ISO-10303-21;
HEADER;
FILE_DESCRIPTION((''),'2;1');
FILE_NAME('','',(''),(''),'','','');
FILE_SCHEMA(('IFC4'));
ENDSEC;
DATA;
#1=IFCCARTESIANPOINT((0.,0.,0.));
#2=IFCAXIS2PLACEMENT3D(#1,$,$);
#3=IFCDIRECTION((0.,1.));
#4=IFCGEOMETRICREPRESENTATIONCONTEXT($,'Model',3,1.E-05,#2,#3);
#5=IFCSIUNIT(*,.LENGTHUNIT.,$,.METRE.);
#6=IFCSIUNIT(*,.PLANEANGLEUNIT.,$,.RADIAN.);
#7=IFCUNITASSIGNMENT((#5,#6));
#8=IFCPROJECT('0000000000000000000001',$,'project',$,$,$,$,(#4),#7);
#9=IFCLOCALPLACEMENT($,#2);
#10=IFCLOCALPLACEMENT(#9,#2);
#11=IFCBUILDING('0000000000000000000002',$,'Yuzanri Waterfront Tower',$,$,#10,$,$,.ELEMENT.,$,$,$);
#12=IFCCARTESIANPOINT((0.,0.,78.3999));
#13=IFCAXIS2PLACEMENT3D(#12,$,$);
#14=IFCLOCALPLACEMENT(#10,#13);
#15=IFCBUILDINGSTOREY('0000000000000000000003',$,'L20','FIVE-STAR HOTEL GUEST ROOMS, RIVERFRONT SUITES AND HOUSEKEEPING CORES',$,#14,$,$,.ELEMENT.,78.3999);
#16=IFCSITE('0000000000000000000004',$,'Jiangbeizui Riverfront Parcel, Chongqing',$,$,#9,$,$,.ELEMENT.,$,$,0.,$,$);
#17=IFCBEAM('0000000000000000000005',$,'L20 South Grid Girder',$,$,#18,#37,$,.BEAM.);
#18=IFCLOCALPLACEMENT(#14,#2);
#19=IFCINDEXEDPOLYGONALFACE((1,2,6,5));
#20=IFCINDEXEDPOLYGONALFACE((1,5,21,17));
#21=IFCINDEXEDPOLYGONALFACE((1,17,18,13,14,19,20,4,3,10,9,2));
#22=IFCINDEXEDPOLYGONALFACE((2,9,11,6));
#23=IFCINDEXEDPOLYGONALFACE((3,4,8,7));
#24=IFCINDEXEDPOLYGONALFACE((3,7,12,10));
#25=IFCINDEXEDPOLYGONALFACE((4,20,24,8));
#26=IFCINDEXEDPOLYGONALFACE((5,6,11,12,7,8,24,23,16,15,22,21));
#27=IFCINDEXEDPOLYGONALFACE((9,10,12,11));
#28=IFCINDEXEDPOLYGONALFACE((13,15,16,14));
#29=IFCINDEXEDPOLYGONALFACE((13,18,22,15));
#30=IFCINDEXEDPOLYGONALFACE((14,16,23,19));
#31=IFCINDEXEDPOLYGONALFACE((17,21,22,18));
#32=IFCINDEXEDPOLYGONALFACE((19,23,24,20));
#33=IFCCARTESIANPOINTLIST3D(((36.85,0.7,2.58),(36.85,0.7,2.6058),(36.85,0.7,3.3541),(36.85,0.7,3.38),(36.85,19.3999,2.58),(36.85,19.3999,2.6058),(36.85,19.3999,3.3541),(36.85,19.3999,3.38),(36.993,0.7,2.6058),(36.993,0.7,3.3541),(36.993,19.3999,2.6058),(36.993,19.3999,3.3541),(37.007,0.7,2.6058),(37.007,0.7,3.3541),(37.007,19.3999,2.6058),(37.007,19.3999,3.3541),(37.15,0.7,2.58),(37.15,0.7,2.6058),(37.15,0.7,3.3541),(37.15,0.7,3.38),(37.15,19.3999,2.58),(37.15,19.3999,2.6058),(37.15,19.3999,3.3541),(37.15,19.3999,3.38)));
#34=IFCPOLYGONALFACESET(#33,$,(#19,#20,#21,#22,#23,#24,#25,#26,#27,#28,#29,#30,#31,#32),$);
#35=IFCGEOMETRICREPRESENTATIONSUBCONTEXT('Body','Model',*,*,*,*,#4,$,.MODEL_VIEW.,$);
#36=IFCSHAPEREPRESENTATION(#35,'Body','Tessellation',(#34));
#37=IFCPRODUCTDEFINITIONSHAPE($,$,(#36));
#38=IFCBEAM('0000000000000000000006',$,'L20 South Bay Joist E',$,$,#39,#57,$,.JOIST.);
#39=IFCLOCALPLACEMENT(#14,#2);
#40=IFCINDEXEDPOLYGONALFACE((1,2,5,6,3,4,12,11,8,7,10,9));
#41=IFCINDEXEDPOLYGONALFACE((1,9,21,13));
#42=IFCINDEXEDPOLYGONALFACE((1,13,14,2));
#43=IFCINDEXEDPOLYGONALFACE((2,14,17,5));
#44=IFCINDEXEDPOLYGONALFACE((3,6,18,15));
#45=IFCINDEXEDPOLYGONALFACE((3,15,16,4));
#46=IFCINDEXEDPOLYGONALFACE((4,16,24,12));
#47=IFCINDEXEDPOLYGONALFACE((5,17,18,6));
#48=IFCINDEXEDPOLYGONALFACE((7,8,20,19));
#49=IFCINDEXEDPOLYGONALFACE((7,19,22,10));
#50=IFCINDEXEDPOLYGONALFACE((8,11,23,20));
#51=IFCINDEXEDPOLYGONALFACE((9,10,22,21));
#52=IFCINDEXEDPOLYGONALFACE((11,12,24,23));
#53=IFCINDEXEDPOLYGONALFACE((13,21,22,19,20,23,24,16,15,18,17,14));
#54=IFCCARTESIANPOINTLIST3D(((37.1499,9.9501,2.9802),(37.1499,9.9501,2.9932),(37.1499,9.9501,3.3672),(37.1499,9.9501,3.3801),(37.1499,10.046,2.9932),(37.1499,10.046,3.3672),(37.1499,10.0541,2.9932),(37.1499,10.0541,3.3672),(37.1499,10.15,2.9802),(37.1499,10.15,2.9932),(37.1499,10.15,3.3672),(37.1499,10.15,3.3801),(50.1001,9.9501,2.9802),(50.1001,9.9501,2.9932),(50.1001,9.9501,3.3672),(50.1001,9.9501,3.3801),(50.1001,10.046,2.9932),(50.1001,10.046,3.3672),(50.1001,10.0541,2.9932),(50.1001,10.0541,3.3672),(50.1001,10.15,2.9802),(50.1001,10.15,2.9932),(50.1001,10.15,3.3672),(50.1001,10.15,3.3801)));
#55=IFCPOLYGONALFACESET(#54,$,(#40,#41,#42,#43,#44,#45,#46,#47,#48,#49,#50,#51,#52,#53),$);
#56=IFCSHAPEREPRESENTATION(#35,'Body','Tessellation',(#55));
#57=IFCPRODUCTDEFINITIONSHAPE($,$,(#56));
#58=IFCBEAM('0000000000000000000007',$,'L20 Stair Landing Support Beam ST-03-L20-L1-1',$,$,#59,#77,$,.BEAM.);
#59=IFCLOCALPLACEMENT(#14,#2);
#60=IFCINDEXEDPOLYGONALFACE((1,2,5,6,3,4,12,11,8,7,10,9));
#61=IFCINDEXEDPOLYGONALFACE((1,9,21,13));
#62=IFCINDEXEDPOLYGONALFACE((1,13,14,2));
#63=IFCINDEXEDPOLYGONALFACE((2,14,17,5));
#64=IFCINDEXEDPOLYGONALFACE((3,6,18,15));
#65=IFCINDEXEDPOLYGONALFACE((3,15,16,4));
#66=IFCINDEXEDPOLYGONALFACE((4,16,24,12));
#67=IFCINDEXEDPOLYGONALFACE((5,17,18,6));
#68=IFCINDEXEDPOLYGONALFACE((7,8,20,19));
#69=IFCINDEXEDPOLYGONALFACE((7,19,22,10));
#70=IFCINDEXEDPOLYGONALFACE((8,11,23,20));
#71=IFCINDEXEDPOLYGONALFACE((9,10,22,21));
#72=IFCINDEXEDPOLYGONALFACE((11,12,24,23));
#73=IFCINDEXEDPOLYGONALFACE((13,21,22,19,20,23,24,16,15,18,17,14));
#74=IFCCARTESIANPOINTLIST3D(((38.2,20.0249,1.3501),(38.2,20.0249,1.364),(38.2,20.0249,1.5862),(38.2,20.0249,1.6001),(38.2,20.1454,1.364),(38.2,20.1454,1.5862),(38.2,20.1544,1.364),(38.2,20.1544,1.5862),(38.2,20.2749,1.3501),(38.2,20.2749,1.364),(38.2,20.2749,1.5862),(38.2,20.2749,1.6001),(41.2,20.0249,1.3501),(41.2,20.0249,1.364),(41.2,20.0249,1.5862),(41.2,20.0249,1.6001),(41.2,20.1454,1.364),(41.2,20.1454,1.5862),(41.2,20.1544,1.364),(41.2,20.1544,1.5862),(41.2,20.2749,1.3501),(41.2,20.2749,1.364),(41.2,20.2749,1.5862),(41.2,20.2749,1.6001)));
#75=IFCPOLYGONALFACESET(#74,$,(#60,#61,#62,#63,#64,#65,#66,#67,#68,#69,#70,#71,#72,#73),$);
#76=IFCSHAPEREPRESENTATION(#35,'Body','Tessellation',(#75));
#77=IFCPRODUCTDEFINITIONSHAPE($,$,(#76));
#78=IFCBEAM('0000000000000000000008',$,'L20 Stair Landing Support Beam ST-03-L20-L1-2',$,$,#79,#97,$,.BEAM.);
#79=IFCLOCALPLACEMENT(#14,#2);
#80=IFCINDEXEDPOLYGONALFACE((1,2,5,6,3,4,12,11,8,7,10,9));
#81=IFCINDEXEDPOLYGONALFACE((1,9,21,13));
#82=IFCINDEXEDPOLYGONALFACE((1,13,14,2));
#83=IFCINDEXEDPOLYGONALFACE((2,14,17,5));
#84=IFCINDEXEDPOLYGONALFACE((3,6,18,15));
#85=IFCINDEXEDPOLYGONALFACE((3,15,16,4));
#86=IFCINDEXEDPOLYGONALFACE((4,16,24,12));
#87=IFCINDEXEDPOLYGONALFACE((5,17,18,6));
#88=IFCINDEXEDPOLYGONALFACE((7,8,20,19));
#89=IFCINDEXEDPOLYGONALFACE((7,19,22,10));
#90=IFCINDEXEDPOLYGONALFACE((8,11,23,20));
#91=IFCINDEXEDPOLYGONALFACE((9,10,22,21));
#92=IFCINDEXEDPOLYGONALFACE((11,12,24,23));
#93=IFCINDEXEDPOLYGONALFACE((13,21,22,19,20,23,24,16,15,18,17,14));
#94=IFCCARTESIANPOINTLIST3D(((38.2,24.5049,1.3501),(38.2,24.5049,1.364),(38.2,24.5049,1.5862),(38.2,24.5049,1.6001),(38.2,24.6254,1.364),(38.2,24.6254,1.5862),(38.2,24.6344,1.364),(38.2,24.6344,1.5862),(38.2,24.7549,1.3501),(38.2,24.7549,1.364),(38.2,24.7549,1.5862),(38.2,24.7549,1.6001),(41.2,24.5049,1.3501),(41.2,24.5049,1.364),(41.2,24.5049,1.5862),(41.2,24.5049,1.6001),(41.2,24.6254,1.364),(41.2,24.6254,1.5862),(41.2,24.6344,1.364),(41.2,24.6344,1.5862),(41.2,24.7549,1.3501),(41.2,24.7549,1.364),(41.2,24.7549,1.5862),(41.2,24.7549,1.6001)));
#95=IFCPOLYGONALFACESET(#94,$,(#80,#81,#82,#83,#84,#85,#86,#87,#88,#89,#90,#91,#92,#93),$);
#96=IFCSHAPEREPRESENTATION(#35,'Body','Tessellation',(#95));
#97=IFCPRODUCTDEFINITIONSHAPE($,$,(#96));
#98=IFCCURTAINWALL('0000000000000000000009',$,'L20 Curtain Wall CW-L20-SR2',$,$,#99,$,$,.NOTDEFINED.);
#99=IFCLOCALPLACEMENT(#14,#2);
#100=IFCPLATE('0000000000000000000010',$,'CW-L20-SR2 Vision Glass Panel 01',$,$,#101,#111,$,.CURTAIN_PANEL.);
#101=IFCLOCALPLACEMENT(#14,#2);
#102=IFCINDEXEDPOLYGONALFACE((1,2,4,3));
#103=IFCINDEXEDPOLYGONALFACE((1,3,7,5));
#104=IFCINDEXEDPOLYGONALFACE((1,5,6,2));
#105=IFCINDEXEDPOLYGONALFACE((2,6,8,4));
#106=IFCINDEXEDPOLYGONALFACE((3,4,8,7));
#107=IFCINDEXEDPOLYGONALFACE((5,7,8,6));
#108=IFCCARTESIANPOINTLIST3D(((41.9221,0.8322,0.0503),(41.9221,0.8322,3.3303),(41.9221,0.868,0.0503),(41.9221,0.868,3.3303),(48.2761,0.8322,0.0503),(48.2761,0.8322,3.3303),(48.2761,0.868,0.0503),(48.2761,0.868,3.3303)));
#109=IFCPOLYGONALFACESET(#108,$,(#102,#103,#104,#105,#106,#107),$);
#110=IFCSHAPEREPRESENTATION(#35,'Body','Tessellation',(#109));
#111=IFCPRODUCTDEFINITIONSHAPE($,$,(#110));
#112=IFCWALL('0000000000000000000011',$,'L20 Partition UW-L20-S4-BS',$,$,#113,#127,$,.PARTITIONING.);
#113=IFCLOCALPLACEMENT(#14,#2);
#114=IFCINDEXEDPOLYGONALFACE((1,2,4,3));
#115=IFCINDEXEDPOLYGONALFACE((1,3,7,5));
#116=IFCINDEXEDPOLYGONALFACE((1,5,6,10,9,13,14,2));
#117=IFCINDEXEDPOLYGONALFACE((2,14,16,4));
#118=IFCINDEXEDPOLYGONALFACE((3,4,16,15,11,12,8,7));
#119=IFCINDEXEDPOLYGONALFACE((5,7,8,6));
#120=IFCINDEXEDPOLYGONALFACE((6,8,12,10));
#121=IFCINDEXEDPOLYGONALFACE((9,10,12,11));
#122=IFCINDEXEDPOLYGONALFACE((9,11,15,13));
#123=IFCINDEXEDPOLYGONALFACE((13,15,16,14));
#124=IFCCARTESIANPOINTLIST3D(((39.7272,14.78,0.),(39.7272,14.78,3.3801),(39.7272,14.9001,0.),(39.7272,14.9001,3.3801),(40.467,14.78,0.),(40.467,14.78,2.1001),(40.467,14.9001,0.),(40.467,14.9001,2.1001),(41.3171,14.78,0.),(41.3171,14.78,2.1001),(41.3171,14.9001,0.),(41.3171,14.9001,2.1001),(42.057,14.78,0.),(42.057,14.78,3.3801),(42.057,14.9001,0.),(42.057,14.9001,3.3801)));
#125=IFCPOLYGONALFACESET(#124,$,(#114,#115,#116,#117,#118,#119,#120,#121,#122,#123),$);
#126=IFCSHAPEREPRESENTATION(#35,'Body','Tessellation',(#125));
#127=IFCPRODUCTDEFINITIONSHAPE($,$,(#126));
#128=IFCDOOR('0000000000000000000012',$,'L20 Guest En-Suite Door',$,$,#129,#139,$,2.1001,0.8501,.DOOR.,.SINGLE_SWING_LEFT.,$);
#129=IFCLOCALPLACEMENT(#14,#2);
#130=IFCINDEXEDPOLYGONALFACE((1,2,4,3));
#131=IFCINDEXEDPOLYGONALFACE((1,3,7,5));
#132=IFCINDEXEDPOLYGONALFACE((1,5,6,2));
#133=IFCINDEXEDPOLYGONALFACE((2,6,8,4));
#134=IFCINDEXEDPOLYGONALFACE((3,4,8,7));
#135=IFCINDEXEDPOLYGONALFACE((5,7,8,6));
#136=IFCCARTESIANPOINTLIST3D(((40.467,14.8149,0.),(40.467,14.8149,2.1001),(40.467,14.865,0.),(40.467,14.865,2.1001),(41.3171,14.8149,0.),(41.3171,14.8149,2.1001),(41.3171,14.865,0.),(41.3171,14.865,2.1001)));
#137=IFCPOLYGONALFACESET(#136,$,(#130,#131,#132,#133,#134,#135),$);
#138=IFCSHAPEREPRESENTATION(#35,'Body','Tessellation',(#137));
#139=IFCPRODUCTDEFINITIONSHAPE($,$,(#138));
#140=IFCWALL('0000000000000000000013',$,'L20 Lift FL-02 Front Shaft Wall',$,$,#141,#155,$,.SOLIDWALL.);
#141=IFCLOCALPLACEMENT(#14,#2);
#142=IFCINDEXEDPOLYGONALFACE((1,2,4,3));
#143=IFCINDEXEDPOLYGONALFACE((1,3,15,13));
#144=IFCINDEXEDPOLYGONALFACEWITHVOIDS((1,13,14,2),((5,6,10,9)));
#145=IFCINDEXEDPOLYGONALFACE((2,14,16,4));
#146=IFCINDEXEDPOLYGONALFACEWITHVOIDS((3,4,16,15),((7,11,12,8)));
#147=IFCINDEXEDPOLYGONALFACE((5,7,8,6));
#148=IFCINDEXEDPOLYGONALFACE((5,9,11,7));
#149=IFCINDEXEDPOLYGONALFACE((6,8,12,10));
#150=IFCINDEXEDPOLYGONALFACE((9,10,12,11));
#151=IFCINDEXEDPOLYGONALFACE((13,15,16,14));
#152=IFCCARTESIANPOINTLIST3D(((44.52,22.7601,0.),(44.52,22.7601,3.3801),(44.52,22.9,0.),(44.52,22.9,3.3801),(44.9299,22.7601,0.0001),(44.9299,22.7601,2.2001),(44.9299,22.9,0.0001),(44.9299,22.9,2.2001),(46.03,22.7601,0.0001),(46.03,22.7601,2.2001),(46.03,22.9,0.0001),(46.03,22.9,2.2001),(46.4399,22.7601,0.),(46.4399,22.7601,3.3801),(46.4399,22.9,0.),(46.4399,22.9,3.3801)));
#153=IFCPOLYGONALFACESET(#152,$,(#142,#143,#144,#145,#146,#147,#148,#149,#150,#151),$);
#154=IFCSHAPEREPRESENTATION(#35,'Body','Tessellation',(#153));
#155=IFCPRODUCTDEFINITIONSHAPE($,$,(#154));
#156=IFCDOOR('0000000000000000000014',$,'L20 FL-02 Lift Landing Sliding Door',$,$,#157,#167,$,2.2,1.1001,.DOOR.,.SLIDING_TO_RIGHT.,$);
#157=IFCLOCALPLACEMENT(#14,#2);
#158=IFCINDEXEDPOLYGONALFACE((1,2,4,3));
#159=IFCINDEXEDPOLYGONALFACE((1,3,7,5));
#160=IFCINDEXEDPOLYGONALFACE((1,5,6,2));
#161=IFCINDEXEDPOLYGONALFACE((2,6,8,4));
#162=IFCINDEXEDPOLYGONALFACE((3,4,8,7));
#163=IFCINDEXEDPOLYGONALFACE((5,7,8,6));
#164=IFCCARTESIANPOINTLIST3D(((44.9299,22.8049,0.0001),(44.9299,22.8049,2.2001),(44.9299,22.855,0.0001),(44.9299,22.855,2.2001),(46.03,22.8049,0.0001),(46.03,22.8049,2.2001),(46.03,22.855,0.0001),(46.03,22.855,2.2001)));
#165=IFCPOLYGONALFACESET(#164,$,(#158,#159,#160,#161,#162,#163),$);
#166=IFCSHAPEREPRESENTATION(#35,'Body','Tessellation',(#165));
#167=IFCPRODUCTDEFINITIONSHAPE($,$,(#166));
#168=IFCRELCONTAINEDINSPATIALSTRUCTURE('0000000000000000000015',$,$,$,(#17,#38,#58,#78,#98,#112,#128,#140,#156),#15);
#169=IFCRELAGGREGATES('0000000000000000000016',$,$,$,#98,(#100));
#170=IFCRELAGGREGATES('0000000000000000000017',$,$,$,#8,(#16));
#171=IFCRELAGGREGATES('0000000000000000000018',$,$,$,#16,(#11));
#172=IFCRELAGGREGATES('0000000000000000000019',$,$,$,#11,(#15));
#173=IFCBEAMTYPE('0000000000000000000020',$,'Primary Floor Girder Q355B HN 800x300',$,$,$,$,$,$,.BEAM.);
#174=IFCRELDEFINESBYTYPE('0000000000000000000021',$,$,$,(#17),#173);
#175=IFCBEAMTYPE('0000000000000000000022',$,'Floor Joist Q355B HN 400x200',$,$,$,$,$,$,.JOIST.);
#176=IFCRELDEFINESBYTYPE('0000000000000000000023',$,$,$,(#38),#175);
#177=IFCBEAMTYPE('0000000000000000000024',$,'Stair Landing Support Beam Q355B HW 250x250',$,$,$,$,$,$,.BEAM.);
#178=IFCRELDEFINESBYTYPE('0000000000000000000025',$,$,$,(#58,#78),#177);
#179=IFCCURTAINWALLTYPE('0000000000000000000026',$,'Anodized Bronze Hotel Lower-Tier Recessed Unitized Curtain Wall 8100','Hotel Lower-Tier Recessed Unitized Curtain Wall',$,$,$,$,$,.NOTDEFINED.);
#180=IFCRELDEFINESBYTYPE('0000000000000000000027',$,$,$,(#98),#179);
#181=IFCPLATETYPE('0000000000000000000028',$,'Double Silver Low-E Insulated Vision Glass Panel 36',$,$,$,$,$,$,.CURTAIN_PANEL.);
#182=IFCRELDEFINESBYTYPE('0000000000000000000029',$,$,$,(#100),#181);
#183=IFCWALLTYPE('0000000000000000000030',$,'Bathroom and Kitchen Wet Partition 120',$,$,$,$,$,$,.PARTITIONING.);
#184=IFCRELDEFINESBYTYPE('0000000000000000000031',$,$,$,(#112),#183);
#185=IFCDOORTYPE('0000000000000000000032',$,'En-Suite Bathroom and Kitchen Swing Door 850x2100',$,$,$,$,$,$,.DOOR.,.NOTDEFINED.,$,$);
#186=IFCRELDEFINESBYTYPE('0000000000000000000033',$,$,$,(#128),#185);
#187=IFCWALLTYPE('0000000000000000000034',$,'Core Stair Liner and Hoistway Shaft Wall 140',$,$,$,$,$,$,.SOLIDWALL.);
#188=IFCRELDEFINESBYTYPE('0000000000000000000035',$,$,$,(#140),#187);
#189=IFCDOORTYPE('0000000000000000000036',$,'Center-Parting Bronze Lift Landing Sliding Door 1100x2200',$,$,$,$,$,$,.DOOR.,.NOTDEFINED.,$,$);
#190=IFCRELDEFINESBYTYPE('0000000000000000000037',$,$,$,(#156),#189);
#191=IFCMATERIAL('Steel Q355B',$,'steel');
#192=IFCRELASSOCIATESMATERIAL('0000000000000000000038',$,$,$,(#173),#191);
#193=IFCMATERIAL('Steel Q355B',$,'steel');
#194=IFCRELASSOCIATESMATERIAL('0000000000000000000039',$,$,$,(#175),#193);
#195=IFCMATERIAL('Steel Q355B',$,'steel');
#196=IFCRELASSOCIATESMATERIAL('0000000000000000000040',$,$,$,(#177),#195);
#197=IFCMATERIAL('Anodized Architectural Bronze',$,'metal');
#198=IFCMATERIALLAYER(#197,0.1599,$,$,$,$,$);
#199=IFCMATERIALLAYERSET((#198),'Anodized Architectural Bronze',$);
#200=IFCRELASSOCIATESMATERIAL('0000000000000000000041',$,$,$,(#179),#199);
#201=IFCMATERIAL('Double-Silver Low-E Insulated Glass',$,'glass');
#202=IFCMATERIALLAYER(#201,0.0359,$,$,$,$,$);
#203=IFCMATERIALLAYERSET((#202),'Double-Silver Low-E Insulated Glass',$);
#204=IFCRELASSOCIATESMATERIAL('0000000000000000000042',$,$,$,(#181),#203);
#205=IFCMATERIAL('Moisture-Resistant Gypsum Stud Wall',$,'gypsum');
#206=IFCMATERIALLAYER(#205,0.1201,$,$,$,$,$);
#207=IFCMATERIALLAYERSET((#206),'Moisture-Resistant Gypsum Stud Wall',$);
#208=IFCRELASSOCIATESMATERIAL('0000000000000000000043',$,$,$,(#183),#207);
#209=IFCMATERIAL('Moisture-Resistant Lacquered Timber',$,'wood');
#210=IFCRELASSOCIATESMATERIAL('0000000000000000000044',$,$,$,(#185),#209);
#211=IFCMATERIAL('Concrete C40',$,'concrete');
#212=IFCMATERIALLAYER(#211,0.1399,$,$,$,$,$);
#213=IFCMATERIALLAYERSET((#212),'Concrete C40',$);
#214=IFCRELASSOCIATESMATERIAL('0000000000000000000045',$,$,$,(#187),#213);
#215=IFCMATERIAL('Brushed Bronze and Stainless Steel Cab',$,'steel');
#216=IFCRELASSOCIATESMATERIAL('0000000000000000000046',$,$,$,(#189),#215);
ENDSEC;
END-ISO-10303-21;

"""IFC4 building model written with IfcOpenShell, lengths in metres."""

from ifc_helpers import new_model, si_unit, direction, frame, frame_2d, origin, origin_2d, place, context, subcontext, project, spatial, rectangle, i_section, extrude, source, transform, mapped, material, layer, layer_set, material_profile, profile_set, type_object, element, fill, aggregate, save


model = new_model("IFC4")

# Units and contexts
model_context = context("Model", 3, precision=1e-05, world=origin(), true_north=direction((0.0, 1.0)))
body_context = subcontext(model_context, "Body", "Model", "MODEL_VIEW")
ifc_project = project(units=[si_unit("LENGTHUNIT", "METRE"), si_unit("PLANEANGLEUNIT", "RADIAN")], contexts=[model_context])

# Site, building, storey
site_placement = place(None, origin())
site = spatial("IfcSite", under=ifc_project, at=site_placement, Name="Jiangbeizui Riverfront Parcel, Chongqing", CompositionType="ELEMENT", RefElevation=0.0)
building_placement = place(site_placement, origin())
building = spatial("IfcBuilding", under=site, at=building_placement, Name="Yuzanri Waterfront Tower", CompositionType="ELEMENT")
storey_placement = place(building_placement, frame((0.0, 0.0, 78.3999)))
storey = spatial("IfcBuildingStorey", under=building, at=storey_placement, Name="L20", Description="FIVE-STAR HOTEL GUEST ROOMS, RIVERFRONT SUITES AND HOUSEKEEPING CORES", CompositionType="ELEMENT", Elevation=78.3999)

# Beams
ifc_material_1 = material(Name="Steel Q355B", Category="steel")
ifc_material_profile_1 = material_profile(ifc_material_1, i_section(OverallWidth=0.3, OverallDepth=0.8, WebThickness=0.0139, FlangeThickness=0.0259, at=origin_2d()), Name="HN 800x300x14x26")
ifc_profile_set_1 = profile_set([ifc_material_profile_1], Name="Steel Q355B")
beam_type_1 = type_object("IfcBeamType", Name="Primary Floor Girder Q355B HN 800x300", PredefinedType="BEAM", material=ifc_profile_set_1)
shared_shape_1 = source(origin(), body_context, "Body", "SweptSolid", [
    extrude(i_section(OverallWidth=0.3, OverallDepth=0.8, WebThickness=0.0139, FlangeThickness=0.0259, at=origin_2d()), origin(), (0.0, 0.0, 1.0), 18.7),
])
beam_1_placement = place(storey_placement, frame((37.0, 19.3999, 2.98), z_axis=(0.0, -1.0, 0.0), x_axis=(1.0, 0.0, 0.0)))
element("IfcBeam", 1, at=beam_1_placement, inside=storey, type_object=beam_type_1, Name="L20 South Grid Girder", PredefinedType="BEAM", context=body_context, shape_type="MappedRepresentation", body=[
    mapped(shared_shape_1, transform((0.0, 0.0, 0.0), scale=1.0)),
])
ifc_material_2 = material(Name="Steel Q355B", Category="steel")
ifc_material_profile_2 = material_profile(ifc_material_2, i_section(OverallWidth=0.2, OverallDepth=0.3999, WebThickness=0.0081, FlangeThickness=0.0129, at=origin_2d()), Name="HN 400x200x8x13")
ifc_profile_set_2 = profile_set([ifc_material_profile_2], Name="Steel Q355B")
beam_type_2 = type_object("IfcBeamType", Name="Floor Joist Q355B HN 400x200", PredefinedType="JOIST", material=ifc_profile_set_2)
shared_shape_2 = source(origin(), body_context, "Body", "SweptSolid", [
    extrude(i_section(OverallWidth=0.2, OverallDepth=0.3999, WebThickness=0.0081, FlangeThickness=0.0129, at=origin_2d()), origin(), (0.0, 0.0, 1.0), 12.9502),
])
beam_2_placement = place(storey_placement, frame((37.1499, 10.05, 3.1802), z_axis=(1.0, 0.0, 0.0), x_axis=(0.0, 1.0, 0.0)))
element("IfcBeam", 2, at=beam_2_placement, inside=storey, type_object=beam_type_2, Name="L20 South Bay Joist E", PredefinedType="JOIST", context=body_context, shape_type="MappedRepresentation", body=[
    mapped(shared_shape_2, transform((0.0, 0.0, 0.0), scale=1.0)),
])
ifc_material_3 = material(Name="Steel Q355B", Category="steel")
ifc_material_profile_3 = material_profile(ifc_material_3, i_section(OverallWidth=0.25, OverallDepth=0.25, WebThickness=0.009, FlangeThickness=0.0139, at=origin_2d()), Name="HW 250x250x9x14")
ifc_profile_set_3 = profile_set([ifc_material_profile_3], Name="Steel Q355B")
beam_type_3 = type_object("IfcBeamType", Name="Stair Landing Support Beam Q355B HW 250x250", PredefinedType="BEAM", material=ifc_profile_set_3)
shared_shape_3 = source(origin(), body_context, "Body", "SweptSolid", [
    extrude(i_section(OverallWidth=0.25, OverallDepth=0.25, WebThickness=0.009, FlangeThickness=0.0139, at=origin_2d()), origin(), (0.0, 0.0, 1.0), 3.0),
])
for number, where, z_axis, x_axis, name in (
    (3, (38.2, 20.1499, 1.4751), (1.0, 0.0, 0.0), (0.0, 1.0, 0.0), "L20 Stair Landing Support Beam ST-03-L20-L1-1"),
    (4, (38.2, 24.6299, 1.4751), (1.0, 0.0, 0.0), (0.0, 1.0, 0.0), "L20 Stair Landing Support Beam ST-03-L20-L1-2"),
):
    element("IfcBeam", number, at=place(storey_placement, frame(where, z_axis=z_axis, x_axis=x_axis)), inside=storey, type_object=beam_type_3, Name=name, PredefinedType="BEAM", context=body_context, shape_type="MappedRepresentation", body=[
        mapped(shared_shape_3, transform((0.0, 0.0, 0.0), scale=1.0)),
    ])

# Curtain wall, plate
ifc_material_4 = material(Name="Anodized Architectural Bronze", Category="metal")
ifc_layer_1 = layer(ifc_material_4, 0.1599)
ifc_layer_set_1 = layer_set([ifc_layer_1], Name="Anodized Architectural Bronze")
curtain_wall_type = type_object("IfcCurtainWallType", Name="Anodized Bronze Hotel Lower-Tier Recessed Unitized Curtain Wall 8100", Description="Hotel Lower-Tier Recessed Unitized Curtain Wall", PredefinedType="NOTDEFINED", material=ifc_layer_set_1)
curtain_wall_placement = place(storey_placement, origin())
curtain_wall = element("IfcCurtainWall", 5, at=curtain_wall_placement, inside=storey, type_object=curtain_wall_type, Name="L20 Curtain Wall CW-L20-SR2", PredefinedType="NOTDEFINED")
ifc_material_5 = material(Name="Double-Silver Low-E Insulated Glass", Category="glass")
ifc_layer_2 = layer(ifc_material_5, 0.0359)
ifc_layer_set_2 = layer_set([ifc_layer_2], Name="Double-Silver Low-E Insulated Glass")
plate_type = type_object("IfcPlateType", Name="Double Silver Low-E Insulated Vision Glass Panel 36", PredefinedType="CURTAIN_PANEL", material=ifc_layer_set_2)
shared_shape_4 = source(origin(), body_context, "Body", "SweptSolid", [
    extrude(rectangle(XDim=6.354, YDim=0.0359, at=origin_2d()), origin(), (0.0, 0.0, 1.0), 3.28),
])
plate_placement = place(storey_placement, frame((45.0991, 0.8501, 0.0503), z_axis=(0.0, 0.0, 1.0), x_axis=(1.0, 0.0, 0.0)))
plate = element("IfcPlate", 6, at=plate_placement, type_object=plate_type, Name="CW-L20-SR2 Vision Glass Panel 01", PredefinedType="CURTAIN_PANEL", context=body_context, shape_type="MappedRepresentation", body=[
    mapped(shared_shape_4, transform((0.0, 0.0, 0.0), scale=1.0)),
])
aggregate(curtain_wall, [plate])

# Walls, openings, doors
ifc_material_6 = material(Name="Moisture-Resistant Gypsum Stud Wall", Category="gypsum")
ifc_layer_3 = layer(ifc_material_6, 0.1201)
ifc_layer_set_3 = layer_set([ifc_layer_3], Name="Moisture-Resistant Gypsum Stud Wall")
wall_type_1 = type_object("IfcWallType", Name="Bathroom and Kitchen Wet Partition 120", PredefinedType="PARTITIONING", material=ifc_layer_set_3)
wall_1_placement = place(storey_placement, frame((39.7271, 14.8401, 0.0), z_axis=(0.0, 0.0, 1.0), x_axis=(1.0, 0.0, 0.0)))
wall_1 = element("IfcWall", 7, at=wall_1_placement, inside=storey, type_object=wall_type_1, Name="L20 Partition UW-L20-S4-BS", PredefinedType="PARTITIONING", context=body_context, shape_type="SweptSolid", body=[
    extrude(rectangle(XDim=2.3298, YDim=0.1201, at=frame_2d((1.165, 0.0))), origin(), (0.0, 0.0, 1.0), 3.3801),
])
opening_1_placement = place(wall_1_placement, frame((0.74, 0.0, 0.0)))
opening_1 = element("IfcOpeningElement", 8, at=opening_1_placement, cuts=wall_1, PredefinedType="OPENING", context=body_context, shape_type="SweptSolid", body=[
    extrude(rectangle(XDim=0.8501, YDim=2.1001, at=frame_2d((0.425, 1.05))), frame((0.0, 0.075, 0.0), z_axis=(0.0, -1.0, 0.0), x_axis=(1.0, 0.0, 0.0)), (0.0, 0.0, 1.0), 0.1499),
])
ifc_material_7 = material(Name="Moisture-Resistant Lacquered Timber", Category="wood")
door_type_1 = type_object("IfcDoorType", Name="En-Suite Bathroom and Kitchen Swing Door 850x2100", OperationType="NOTDEFINED", PredefinedType="DOOR", material=ifc_material_7)
shared_shape_5 = source(origin(), body_context, "Body", "SweptSolid", [
    extrude(rectangle(XDim=0.8501, YDim=2.1001, at=frame_2d((0.425, 1.05))), frame((0.0, 0.0249, 0.0), z_axis=(0.0, -1.0, 0.0), x_axis=(1.0, 0.0, 0.0)), (0.0, 0.0, 1.0), 0.05),
])
door_1_placement = place(opening_1_placement, origin())
door_1 = element("IfcDoor", 9, at=door_1_placement, inside=storey, type_object=door_type_1, Name="L20 Guest En-Suite Door", OperationType="SINGLE_SWING_LEFT", OverallHeight=2.1001, OverallWidth=0.8501, PredefinedType="DOOR", context=body_context, shape_type="MappedRepresentation", body=[
    mapped(shared_shape_5, transform((0.0, 0.0, 0.0), scale=1.0)),
])
fill(opening_1, door_1)
ifc_material_8 = material(Name="Concrete C40", Category="concrete")
ifc_layer_4 = layer(ifc_material_8, 0.1399)
ifc_layer_set_4 = layer_set([ifc_layer_4], Name="Concrete C40")
wall_type_2 = type_object("IfcWallType", Name="Core Stair Liner and Hoistway Shaft Wall 140", PredefinedType="SOLIDWALL", material=ifc_layer_set_4)
wall_2_placement = place(storey_placement, frame((44.52, 22.8301, 0.0), z_axis=(0.0, 0.0, 1.0), x_axis=(1.0, 0.0, 0.0)))
wall_2 = element("IfcWall", 10, at=wall_2_placement, inside=storey, type_object=wall_type_2, Name="L20 Lift FL-02 Front Shaft Wall", PredefinedType="SOLIDWALL", context=body_context, shape_type="SweptSolid", body=[
    extrude(rectangle(XDim=1.9199, YDim=0.1399, at=frame_2d((0.96, 0.0))), origin(), (0.0, 0.0, 1.0), 3.3801),
])
opening_2_placement = place(wall_2_placement, frame((0.4099, 0.0, 0.0)))
opening_2 = element("IfcOpeningElement", 11, at=opening_2_placement, cuts=wall_2, PredefinedType="OPENING", context=body_context, shape_type="SweptSolid", body=[
    extrude(rectangle(XDim=1.1001, YDim=2.2, at=frame_2d((0.55, 1.1001))), frame((0.0, 0.085, 0.0), z_axis=(0.0, -1.0, 0.0), x_axis=(1.0, 0.0, 0.0)), (0.0, 0.0, 1.0), 0.1697),
])
ifc_material_9 = material(Name="Brushed Bronze and Stainless Steel Cab", Category="steel")
door_type_2 = type_object("IfcDoorType", Name="Center-Parting Bronze Lift Landing Sliding Door 1100x2200", OperationType="NOTDEFINED", PredefinedType="DOOR", material=ifc_material_9)
shared_shape_6 = source(origin(), body_context, "Body", "SweptSolid", [
    extrude(rectangle(XDim=1.1001, YDim=2.2, at=frame_2d((0.55, 1.1001))), frame((0.0, 0.0249, 0.0), z_axis=(0.0, -1.0, 0.0), x_axis=(1.0, 0.0, 0.0)), (0.0, 0.0, 1.0), 0.05),
])
door_2_placement = place(opening_2_placement, origin())
door_2 = element("IfcDoor", 12, at=door_2_placement, inside=storey, type_object=door_type_2, Name="L20 FL-02 Lift Landing Sliding Door", OperationType="SLIDING_TO_RIGHT", OverallHeight=2.2, OverallWidth=1.1001, PredefinedType="DOOR", context=body_context, shape_type="MappedRepresentation", body=[
    mapped(shared_shape_6, transform((0.0, 0.0, 0.0), scale=1.0)),
])
fill(opening_2, door_2)

save(model, "model.ifc")
